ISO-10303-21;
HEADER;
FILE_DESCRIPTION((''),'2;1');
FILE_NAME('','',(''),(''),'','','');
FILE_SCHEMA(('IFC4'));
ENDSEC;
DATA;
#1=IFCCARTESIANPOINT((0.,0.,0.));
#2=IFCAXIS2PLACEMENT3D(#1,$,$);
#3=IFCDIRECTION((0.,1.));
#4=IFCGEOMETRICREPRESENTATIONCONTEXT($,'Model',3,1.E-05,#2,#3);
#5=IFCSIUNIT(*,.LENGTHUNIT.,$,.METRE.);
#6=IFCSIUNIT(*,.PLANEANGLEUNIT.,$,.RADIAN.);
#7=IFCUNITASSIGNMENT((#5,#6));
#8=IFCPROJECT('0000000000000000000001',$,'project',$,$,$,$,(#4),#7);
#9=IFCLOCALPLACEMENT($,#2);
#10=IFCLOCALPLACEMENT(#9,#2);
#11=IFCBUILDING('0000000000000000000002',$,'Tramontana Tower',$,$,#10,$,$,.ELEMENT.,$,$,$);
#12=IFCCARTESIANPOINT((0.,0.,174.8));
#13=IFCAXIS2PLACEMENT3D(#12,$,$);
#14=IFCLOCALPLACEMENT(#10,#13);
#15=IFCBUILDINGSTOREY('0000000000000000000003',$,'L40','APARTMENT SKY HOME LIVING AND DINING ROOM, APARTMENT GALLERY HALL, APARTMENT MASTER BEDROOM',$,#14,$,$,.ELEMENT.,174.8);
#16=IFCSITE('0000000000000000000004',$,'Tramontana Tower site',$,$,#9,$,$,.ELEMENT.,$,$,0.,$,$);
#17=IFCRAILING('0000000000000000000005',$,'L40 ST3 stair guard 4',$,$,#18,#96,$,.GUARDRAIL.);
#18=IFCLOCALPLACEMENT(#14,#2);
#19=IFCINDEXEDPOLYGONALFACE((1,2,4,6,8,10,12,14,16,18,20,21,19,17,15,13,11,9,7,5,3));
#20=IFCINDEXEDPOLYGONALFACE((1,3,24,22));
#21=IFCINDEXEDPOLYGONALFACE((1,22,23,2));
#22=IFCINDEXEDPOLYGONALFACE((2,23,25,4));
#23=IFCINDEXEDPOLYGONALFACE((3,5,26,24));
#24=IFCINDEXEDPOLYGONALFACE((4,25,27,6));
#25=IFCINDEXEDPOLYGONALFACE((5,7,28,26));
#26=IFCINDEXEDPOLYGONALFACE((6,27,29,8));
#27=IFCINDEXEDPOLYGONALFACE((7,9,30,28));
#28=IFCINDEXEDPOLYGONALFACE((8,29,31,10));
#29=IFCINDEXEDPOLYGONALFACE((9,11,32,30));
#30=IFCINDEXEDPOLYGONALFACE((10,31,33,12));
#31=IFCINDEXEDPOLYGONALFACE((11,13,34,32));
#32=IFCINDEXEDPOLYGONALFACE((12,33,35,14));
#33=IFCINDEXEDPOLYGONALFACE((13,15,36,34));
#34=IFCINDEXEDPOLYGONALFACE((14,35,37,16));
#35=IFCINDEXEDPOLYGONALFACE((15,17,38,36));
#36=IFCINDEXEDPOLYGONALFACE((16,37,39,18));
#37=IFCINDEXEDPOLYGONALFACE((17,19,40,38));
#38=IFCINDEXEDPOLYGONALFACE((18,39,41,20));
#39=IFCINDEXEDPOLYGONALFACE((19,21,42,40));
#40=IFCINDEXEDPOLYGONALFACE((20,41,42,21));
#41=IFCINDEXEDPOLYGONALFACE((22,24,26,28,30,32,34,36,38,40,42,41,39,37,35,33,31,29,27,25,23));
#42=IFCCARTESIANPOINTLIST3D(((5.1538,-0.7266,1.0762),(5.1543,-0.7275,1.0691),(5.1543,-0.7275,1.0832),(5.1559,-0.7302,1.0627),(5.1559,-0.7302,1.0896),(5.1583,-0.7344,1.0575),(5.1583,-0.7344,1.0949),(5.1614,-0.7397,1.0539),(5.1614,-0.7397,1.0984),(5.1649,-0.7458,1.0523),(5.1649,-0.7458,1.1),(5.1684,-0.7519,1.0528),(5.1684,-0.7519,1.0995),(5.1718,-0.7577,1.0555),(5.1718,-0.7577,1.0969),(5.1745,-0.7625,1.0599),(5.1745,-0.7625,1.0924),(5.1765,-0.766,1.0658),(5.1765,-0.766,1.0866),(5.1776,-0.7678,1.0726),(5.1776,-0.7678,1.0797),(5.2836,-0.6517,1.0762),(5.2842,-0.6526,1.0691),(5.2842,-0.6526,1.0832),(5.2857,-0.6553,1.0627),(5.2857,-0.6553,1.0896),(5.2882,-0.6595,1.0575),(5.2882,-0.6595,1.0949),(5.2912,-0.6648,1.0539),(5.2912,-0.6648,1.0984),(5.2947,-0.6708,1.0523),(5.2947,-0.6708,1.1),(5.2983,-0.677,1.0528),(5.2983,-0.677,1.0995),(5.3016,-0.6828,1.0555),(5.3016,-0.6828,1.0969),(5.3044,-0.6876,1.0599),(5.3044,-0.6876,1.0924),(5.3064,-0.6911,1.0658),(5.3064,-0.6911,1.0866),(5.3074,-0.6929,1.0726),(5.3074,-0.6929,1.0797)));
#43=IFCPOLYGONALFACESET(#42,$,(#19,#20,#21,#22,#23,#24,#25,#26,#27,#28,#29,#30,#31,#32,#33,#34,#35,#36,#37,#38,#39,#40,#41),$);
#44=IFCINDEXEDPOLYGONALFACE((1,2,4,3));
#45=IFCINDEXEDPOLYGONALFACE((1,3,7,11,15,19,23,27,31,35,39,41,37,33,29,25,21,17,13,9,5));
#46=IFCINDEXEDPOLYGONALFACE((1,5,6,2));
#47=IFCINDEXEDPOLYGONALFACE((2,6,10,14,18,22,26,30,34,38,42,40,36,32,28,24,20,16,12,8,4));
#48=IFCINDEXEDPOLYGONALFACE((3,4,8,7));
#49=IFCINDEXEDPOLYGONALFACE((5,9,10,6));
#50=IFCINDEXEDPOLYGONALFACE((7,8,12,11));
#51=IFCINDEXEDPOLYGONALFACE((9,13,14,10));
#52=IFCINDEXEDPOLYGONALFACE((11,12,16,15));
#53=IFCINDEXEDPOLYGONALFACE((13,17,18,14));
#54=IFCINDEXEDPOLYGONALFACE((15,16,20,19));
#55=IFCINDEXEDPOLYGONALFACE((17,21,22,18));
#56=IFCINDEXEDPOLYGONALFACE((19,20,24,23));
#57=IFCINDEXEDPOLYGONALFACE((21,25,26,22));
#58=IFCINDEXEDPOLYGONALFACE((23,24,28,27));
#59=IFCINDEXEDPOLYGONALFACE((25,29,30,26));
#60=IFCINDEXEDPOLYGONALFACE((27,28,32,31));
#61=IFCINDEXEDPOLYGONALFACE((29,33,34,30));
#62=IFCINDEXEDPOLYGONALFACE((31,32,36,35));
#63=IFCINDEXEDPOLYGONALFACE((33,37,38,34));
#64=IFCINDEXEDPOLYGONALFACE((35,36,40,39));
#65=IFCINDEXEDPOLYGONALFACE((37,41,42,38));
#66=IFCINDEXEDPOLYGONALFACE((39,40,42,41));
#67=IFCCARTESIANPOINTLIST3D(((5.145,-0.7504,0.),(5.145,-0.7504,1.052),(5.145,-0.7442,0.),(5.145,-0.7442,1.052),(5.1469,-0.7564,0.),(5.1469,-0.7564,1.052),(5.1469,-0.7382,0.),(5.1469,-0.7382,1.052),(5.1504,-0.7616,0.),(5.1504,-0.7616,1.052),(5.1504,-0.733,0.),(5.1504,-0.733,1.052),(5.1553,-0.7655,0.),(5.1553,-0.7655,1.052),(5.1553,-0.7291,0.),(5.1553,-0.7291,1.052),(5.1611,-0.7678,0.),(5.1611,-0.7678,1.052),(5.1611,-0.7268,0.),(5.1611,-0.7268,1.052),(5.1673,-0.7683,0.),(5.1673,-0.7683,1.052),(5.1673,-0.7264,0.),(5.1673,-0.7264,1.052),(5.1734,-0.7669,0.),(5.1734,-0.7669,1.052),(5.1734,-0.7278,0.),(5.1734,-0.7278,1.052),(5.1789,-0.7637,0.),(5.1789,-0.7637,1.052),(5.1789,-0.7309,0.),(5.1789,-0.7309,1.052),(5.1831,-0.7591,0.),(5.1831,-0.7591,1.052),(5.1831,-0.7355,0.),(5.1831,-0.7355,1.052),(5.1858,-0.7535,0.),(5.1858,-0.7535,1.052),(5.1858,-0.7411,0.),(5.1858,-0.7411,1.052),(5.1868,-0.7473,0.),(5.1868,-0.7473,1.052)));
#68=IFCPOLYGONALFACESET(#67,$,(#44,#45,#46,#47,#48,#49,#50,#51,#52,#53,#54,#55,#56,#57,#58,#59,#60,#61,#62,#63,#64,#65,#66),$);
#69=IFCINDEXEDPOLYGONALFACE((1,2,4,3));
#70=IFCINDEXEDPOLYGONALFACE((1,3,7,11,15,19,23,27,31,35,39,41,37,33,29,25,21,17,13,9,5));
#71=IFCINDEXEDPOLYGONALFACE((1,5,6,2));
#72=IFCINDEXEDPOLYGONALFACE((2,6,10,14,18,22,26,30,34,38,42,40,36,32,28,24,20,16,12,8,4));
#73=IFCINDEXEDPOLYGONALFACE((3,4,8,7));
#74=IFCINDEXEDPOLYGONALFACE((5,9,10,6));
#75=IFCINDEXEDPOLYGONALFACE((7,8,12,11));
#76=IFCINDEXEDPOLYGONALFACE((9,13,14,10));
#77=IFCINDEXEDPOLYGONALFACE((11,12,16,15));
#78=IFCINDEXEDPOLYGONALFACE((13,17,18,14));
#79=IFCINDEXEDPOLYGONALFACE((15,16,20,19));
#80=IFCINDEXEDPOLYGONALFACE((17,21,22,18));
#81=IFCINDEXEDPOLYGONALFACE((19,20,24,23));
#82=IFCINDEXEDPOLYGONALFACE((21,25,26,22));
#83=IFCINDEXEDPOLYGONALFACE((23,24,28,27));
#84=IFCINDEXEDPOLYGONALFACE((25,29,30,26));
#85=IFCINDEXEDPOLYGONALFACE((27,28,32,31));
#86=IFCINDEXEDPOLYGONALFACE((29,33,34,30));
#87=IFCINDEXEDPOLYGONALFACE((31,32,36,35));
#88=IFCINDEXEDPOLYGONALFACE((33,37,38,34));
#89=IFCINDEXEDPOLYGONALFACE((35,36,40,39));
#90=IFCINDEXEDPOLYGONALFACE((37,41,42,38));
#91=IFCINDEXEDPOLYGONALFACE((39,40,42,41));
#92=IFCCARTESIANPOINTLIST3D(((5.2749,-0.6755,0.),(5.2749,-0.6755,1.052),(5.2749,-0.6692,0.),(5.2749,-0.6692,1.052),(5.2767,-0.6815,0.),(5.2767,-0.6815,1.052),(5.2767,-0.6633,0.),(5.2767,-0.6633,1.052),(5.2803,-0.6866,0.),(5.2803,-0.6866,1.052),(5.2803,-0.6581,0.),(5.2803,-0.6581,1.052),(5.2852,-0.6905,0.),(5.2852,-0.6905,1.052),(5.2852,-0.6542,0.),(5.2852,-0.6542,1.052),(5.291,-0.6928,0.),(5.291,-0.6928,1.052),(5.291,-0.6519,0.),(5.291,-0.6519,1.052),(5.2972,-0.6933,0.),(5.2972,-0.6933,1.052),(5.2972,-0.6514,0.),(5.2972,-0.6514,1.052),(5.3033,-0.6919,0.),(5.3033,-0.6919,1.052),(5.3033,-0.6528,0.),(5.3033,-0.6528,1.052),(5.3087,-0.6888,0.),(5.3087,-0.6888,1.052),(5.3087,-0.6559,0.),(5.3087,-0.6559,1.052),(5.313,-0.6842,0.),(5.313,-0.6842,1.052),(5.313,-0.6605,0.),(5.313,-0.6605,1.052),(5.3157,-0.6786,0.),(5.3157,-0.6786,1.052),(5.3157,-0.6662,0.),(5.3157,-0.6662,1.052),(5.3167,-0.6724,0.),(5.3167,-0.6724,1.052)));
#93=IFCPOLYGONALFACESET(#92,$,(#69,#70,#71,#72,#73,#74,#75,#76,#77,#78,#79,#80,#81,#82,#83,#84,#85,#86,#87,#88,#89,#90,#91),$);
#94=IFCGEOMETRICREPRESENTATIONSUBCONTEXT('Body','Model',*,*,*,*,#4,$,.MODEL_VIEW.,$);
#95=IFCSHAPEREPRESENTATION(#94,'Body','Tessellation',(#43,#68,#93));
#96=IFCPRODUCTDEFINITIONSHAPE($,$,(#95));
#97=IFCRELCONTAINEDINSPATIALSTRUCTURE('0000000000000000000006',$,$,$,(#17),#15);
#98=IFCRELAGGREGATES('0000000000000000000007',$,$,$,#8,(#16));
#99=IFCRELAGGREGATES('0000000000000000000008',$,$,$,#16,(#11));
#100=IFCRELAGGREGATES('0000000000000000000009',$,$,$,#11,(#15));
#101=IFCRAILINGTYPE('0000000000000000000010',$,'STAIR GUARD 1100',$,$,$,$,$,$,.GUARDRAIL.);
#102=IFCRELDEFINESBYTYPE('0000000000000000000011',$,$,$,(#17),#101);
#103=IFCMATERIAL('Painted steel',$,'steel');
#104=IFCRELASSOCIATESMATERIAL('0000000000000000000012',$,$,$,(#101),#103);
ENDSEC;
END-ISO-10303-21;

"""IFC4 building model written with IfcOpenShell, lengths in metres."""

from ifc_helpers import new_model, si_unit, direction, frame, origin, origin_2d, place, context, subcontext, project, spatial, circle, extrude, material, type_object, element, save


model = new_model("IFC4")

# Units and contexts
model_context = context("Model", 3, precision=1e-05, world=origin(), true_north=direction((0.0, 1.0)))
body_context = subcontext(model_context, "Body", "Model", "MODEL_VIEW")
ifc_project = project(units=[si_unit("LENGTHUNIT", "METRE"), si_unit("PLANEANGLEUNIT", "RADIAN")], contexts=[model_context])

# Site, building, storey
site_placement = place(None, origin())
site = spatial("IfcSite", under=ifc_project, at=site_placement, Name="Tramontana Tower site", CompositionType="ELEMENT", RefElevation=0.0)
building_placement = place(site_placement, origin())
building = spatial("IfcBuilding", under=site, at=building_placement, Name="Tramontana Tower", CompositionType="ELEMENT")
storey_placement = place(building_placement, frame((0.0, 0.0, 174.8)))
storey = spatial("IfcBuildingStorey", under=building, at=storey_placement, Name="L40", Description="APARTMENT SKY HOME LIVING AND DINING ROOM, APARTMENT GALLERY HALL, APARTMENT MASTER BEDROOM", CompositionType="ELEMENT", Elevation=174.8)

# Railing
ifc_material_1 = material(Name="Painted steel", Category="steel")
railing_type_1 = type_object("IfcRailingType", Name="STAIR GUARD 1100", PredefinedType="GUARDRAIL", material=ifc_material_1)
railing_1_placement = place(storey_placement, frame((5.1658, -0.7473, 0.0)))
element("IfcRailing", 1, at=railing_1_placement, inside=storey, type_object=railing_type_1, Name="L40 ST3 stair guard 4", PredefinedType="GUARDRAIL", context=body_context, shape_type="SweptSolid", body=[
    extrude(circle(Radius=0.0239, at=origin_2d()), frame((0.0, 0.0, 1.0762), z_axis=(0.866131, 0.499816, 0.0), x_axis=(-0.499816, 0.866131, 0.0)), (0.0, 0.0, 1.0), 0.1499),
    extrude(circle(Radius=0.021, at=origin_2d()), origin(), (0.0, 0.0, 1.0), 1.052),
    extrude(circle(Radius=0.021, at=origin_2d()), frame((0.1299, 0.075, 0.0)), (0.0, 0.0, 1.0), 1.052),
])

save(model, "model.ifc")
